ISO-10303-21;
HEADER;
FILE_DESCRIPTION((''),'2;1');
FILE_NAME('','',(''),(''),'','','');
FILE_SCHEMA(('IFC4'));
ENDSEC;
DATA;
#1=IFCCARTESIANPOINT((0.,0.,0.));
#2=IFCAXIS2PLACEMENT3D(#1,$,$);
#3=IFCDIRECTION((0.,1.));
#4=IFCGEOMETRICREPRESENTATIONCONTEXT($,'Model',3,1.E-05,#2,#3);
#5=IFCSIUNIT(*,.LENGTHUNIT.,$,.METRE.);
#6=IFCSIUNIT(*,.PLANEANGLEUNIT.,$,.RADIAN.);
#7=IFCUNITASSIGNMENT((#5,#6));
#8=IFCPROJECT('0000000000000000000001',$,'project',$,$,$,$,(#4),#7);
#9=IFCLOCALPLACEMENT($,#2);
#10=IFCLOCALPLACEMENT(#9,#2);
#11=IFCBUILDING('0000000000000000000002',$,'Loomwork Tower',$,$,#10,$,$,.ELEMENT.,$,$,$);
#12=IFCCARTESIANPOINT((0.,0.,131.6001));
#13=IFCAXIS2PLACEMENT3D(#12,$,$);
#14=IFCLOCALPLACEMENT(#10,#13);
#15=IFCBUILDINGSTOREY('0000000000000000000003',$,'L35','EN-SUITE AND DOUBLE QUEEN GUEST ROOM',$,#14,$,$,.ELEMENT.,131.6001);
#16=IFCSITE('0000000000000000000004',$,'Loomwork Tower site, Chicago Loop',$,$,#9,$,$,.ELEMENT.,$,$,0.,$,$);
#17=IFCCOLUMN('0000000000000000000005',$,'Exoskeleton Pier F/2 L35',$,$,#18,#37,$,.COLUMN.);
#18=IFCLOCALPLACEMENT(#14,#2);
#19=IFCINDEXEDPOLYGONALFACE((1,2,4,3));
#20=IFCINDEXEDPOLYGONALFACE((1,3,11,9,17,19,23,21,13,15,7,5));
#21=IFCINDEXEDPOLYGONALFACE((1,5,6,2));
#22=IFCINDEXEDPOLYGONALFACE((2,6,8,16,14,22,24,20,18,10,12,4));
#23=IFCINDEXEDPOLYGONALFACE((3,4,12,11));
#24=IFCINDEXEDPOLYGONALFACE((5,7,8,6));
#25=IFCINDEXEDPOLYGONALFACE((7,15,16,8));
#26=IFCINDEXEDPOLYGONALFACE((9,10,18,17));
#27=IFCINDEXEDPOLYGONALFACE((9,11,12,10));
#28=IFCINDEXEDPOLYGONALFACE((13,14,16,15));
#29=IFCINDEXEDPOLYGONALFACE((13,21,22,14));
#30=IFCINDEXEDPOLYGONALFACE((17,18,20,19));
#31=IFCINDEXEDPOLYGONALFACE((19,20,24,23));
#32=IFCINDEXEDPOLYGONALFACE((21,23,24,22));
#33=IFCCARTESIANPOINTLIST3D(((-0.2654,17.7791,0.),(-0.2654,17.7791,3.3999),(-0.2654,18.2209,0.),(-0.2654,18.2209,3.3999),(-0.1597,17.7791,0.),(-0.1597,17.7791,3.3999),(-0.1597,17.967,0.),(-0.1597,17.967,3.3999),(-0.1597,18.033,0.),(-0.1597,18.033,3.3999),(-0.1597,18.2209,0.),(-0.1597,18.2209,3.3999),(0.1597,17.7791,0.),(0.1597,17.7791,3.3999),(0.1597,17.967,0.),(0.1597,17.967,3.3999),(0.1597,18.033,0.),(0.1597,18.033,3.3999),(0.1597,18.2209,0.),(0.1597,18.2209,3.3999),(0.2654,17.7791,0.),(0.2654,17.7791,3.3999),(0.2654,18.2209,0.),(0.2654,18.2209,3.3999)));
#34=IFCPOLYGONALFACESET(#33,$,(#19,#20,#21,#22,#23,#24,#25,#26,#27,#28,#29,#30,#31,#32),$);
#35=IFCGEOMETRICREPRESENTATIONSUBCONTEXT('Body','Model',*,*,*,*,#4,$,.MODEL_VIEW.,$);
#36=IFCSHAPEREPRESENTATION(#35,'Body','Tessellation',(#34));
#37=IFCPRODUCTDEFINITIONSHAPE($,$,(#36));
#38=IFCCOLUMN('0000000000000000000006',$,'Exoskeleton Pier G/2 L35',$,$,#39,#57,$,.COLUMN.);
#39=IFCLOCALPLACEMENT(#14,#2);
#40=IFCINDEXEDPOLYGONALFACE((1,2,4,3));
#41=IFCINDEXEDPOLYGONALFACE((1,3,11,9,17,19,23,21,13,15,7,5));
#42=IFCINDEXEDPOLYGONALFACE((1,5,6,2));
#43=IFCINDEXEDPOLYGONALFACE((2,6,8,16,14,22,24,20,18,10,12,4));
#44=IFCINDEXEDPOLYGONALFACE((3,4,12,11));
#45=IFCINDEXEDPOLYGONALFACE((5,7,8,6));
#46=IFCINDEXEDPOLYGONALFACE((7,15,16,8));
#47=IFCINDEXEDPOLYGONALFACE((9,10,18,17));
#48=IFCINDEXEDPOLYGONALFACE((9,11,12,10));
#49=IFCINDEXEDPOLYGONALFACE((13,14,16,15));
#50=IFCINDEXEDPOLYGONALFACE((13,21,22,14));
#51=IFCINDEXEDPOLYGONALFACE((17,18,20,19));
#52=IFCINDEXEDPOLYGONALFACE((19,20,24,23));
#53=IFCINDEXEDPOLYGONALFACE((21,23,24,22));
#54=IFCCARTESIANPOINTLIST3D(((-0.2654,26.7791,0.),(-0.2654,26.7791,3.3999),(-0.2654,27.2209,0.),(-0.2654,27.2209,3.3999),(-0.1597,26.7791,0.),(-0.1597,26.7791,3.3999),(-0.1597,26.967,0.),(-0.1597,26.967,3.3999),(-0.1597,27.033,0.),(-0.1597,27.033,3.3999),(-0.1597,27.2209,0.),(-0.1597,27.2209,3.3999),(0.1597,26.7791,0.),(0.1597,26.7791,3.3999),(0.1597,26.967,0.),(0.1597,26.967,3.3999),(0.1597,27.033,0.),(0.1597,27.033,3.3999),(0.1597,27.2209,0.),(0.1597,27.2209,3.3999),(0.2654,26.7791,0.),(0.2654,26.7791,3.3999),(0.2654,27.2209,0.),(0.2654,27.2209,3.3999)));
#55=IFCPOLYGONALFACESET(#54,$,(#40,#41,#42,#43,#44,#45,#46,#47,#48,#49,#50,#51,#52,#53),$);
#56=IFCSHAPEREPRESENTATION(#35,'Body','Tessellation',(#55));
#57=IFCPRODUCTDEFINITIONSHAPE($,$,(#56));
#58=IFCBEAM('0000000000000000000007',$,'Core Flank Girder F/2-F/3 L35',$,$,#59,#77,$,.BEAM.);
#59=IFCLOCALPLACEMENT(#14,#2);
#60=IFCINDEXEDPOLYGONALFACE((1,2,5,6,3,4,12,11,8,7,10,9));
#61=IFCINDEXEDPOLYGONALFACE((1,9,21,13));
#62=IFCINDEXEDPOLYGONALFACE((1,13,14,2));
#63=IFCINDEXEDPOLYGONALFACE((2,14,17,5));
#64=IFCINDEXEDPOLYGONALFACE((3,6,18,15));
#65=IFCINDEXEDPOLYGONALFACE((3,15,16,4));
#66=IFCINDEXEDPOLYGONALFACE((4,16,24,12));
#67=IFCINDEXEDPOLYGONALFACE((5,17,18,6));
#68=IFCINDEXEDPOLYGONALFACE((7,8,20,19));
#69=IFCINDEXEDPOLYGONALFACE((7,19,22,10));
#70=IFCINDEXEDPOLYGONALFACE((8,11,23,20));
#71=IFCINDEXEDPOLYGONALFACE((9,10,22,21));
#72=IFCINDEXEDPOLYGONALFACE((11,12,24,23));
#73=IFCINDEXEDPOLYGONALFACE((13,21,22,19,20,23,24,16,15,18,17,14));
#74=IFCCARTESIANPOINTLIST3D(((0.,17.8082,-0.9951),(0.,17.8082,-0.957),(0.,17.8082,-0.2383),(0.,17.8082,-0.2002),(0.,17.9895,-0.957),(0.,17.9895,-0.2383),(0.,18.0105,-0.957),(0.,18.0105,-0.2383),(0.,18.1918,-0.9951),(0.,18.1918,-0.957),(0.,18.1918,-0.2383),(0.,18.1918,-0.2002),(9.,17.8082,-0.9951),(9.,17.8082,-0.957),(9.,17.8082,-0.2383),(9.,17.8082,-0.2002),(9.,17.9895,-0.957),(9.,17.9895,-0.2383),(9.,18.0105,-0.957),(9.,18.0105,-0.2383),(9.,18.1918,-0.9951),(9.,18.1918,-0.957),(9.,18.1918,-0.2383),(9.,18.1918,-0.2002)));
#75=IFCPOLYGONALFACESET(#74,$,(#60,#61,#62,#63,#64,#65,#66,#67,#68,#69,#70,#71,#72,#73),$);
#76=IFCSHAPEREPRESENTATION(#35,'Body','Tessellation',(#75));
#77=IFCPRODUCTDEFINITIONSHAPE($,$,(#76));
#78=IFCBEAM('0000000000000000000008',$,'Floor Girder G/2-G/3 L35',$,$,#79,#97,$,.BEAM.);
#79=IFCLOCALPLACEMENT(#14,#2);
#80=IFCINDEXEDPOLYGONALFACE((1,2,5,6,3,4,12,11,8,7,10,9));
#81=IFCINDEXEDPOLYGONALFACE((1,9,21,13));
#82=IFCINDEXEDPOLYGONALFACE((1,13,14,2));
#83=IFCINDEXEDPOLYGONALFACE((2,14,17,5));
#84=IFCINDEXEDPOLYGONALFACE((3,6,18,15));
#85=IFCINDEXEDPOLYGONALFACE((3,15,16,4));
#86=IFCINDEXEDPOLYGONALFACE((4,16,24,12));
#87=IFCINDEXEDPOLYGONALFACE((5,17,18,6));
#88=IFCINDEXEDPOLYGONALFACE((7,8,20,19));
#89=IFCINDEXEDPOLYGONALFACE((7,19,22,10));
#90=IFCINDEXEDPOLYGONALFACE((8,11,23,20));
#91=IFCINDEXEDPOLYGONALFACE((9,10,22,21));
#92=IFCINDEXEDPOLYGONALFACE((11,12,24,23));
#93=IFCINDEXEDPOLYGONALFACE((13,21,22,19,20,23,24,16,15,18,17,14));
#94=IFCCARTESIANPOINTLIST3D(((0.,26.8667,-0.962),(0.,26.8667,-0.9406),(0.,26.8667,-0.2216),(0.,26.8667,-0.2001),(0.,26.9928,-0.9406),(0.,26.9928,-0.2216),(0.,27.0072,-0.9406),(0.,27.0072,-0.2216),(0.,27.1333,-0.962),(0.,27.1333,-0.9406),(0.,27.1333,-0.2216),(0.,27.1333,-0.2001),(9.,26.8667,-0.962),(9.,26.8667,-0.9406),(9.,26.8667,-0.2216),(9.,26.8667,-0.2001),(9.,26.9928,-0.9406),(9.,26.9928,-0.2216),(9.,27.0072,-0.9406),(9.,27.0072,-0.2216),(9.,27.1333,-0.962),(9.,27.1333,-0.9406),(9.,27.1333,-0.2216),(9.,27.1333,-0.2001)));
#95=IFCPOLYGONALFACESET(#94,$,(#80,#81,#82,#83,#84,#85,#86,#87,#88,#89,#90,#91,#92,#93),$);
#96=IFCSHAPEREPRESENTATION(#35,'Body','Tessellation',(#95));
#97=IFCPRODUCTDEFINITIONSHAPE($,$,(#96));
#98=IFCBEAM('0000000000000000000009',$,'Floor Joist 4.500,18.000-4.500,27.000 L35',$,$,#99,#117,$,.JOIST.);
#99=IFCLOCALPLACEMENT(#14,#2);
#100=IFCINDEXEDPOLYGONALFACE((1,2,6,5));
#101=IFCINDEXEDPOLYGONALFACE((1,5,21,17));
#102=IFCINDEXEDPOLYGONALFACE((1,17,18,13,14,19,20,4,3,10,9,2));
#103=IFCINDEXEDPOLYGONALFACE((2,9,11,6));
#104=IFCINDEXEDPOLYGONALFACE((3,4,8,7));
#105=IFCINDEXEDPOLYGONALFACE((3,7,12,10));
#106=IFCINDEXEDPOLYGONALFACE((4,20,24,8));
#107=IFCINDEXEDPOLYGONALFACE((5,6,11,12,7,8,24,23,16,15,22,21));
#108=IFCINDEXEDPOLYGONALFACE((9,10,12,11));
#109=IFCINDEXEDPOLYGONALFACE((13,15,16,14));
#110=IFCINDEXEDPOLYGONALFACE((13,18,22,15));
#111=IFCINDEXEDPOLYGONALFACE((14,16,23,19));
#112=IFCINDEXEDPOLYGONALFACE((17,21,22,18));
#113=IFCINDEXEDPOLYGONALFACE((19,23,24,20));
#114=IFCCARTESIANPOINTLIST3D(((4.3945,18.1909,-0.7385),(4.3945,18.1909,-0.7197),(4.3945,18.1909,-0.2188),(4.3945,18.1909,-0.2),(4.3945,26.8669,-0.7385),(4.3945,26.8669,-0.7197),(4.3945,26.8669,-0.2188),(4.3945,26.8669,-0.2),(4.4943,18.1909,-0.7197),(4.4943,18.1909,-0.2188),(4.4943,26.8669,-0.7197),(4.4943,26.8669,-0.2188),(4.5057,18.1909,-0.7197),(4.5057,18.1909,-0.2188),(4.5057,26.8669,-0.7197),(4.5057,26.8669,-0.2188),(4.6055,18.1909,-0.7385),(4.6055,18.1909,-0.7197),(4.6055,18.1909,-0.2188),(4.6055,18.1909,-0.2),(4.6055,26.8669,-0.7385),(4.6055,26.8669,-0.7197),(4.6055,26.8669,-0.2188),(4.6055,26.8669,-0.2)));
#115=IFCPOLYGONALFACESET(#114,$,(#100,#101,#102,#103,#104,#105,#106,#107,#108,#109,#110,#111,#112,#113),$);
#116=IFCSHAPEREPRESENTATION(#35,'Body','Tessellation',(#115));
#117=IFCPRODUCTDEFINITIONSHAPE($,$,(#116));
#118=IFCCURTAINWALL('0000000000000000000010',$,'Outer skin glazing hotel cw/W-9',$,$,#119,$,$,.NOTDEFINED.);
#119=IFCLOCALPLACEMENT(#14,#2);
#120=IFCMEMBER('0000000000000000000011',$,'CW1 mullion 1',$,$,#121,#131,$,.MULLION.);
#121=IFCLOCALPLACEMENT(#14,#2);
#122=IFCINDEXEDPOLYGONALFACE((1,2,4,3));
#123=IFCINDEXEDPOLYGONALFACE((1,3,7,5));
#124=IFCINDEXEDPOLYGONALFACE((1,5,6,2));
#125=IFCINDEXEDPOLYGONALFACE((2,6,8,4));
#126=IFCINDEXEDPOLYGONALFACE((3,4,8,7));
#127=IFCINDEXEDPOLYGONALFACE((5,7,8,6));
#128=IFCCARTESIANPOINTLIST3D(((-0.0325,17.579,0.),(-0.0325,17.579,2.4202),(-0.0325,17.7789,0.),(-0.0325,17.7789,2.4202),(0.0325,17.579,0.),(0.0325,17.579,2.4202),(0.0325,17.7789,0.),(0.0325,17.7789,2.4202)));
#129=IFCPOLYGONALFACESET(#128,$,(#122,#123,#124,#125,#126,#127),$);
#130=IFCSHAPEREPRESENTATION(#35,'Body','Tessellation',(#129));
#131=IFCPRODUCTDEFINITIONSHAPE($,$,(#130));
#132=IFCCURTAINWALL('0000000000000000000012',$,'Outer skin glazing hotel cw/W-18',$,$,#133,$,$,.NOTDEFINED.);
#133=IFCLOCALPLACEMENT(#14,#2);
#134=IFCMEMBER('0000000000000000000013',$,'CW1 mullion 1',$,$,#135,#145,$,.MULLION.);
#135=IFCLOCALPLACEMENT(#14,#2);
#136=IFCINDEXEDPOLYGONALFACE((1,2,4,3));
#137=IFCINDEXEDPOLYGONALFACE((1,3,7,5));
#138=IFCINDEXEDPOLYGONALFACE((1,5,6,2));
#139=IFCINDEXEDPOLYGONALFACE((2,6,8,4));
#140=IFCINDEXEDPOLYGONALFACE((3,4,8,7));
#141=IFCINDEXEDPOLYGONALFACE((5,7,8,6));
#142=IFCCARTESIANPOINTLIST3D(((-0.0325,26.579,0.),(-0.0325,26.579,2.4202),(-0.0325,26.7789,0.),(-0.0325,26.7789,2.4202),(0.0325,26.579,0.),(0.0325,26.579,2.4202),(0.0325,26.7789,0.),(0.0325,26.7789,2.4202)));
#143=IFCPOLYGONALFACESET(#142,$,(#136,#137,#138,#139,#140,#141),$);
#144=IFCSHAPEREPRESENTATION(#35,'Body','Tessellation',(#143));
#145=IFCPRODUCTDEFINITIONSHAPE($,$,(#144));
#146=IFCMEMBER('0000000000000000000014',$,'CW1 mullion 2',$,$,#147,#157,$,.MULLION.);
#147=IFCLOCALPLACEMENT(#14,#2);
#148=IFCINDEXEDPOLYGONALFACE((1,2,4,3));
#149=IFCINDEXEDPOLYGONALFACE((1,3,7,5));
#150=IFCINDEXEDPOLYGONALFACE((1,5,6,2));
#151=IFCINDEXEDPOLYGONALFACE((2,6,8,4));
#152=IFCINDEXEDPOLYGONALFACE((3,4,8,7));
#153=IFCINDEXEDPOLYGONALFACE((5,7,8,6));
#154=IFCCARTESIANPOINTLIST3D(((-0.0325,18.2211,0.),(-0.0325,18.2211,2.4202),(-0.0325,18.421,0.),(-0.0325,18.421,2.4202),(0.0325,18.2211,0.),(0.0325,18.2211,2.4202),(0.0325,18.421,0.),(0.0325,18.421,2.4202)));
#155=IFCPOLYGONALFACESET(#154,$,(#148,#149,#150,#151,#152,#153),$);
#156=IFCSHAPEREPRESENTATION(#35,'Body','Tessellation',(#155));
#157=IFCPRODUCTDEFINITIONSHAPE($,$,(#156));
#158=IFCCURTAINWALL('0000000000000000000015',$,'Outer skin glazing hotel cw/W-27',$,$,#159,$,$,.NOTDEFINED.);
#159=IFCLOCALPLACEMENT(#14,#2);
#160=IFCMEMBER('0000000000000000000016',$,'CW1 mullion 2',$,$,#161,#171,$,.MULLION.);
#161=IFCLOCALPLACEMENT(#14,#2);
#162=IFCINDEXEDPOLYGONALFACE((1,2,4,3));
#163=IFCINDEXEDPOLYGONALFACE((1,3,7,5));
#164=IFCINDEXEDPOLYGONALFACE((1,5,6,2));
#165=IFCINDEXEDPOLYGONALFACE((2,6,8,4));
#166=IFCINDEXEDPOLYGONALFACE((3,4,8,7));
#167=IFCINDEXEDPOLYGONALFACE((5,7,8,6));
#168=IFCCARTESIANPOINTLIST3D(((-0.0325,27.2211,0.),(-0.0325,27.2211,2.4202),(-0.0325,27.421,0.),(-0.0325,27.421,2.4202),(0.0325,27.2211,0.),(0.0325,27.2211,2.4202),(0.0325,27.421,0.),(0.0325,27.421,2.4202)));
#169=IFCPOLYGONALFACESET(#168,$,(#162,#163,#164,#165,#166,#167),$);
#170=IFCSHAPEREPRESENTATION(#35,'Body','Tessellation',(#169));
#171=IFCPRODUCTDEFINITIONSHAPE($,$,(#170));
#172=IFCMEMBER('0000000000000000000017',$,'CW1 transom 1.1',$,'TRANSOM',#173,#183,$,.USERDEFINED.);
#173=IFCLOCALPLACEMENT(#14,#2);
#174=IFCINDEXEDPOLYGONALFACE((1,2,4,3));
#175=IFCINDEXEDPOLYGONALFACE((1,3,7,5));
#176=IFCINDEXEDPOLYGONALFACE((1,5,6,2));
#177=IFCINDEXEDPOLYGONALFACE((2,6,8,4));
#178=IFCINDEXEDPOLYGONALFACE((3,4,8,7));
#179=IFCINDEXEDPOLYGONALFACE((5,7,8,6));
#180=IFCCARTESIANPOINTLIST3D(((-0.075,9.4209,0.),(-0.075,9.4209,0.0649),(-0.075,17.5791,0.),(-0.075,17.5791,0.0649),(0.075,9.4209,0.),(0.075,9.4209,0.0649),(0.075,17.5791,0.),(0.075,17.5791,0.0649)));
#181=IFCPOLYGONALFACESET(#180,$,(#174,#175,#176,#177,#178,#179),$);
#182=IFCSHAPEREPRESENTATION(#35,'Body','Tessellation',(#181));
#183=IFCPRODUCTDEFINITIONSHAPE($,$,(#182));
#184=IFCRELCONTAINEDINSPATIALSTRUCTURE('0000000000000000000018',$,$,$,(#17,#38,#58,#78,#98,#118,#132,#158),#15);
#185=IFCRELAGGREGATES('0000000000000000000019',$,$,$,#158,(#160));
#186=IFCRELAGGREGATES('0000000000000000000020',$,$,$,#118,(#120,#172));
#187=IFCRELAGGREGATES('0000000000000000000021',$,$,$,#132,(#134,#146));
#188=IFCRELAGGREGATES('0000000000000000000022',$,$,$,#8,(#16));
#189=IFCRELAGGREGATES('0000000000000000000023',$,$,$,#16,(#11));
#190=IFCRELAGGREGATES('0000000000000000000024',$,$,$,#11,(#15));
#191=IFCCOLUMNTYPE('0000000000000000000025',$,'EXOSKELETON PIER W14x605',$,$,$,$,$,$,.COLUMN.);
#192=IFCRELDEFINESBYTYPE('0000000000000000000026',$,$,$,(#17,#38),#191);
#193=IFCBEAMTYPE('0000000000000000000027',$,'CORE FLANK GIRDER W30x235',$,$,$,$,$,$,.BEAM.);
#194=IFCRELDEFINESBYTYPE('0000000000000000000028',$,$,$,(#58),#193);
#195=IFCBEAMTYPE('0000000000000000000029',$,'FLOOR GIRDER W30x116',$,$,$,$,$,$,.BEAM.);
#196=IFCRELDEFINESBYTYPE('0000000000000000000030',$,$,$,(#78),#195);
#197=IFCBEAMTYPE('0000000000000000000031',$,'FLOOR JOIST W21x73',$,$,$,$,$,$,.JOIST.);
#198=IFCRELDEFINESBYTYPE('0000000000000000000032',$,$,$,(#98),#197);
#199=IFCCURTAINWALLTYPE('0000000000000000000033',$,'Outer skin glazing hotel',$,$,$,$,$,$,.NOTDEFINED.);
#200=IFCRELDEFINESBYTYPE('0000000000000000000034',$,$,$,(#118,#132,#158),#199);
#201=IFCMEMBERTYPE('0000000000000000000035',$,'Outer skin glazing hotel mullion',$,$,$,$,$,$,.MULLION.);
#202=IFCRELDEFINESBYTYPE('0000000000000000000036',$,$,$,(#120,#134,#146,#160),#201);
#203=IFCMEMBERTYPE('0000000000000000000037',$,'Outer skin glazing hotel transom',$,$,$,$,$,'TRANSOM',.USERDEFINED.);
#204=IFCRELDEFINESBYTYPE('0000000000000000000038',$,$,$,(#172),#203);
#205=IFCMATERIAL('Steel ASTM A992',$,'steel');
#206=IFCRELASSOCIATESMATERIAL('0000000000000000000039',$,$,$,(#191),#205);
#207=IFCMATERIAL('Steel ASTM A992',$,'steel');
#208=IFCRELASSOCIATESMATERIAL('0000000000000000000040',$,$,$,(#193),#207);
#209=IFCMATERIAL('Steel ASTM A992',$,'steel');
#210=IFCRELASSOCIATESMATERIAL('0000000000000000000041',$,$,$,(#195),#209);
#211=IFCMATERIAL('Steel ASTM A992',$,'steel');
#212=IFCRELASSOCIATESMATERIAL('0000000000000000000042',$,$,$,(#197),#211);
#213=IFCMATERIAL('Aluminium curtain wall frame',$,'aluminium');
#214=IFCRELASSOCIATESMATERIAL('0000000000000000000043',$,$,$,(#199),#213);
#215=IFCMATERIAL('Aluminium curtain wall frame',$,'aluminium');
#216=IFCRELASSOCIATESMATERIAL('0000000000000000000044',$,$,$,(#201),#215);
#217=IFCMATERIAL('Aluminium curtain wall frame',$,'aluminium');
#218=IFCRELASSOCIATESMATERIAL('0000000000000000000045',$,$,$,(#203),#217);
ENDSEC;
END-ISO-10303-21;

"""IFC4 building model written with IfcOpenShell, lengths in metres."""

from ifc_helpers import new_model, si_unit, direction, frame, origin, origin_2d, place, context, subcontext, project, spatial, rectangle, i_section, extrude, material, material_profile, profile_set, type_object, element, aggregate, save


model = new_model("IFC4")

# Units and contexts
model_context = context("Model", 3, precision=1e-05, world=origin(), true_north=direction((0.0, 1.0)))
body_context = subcontext(model_context, "Body", "Model", "MODEL_VIEW")
ifc_project = project(units=[si_unit("LENGTHUNIT", "METRE"), si_unit("PLANEANGLEUNIT", "RADIAN")], contexts=[model_context])

# Site, building, storey
site_placement = place(None, origin())
site = spatial("IfcSite", under=ifc_project, at=site_placement, Name="Loomwork Tower site, Chicago Loop", CompositionType="ELEMENT", RefElevation=0.0)
building_placement = place(site_placement, origin())
building = spatial("IfcBuilding", under=site, at=building_placement, Name="Loomwork Tower", CompositionType="ELEMENT")
storey_placement = place(building_placement, frame((0.0, 0.0, 131.6001)))
storey = spatial("IfcBuildingStorey", under=building, at=storey_placement, Name="L35", Description="EN-SUITE AND DOUBLE QUEEN GUEST ROOM", CompositionType="ELEMENT", Elevation=131.6001)

# Columns
ifc_material_1 = material(Name="Steel ASTM A992", Category="steel")
ifc_material_profile_1 = material_profile(ifc_material_1, i_section(OverallWidth=0.4419, OverallDepth=0.5308, WebThickness=0.0659, FlangeThickness=0.1057, at=origin_2d()), Name="W14x605")
ifc_profile_set_1 = profile_set([ifc_material_profile_1], Name="Steel ASTM A992")
column_type = type_object("IfcColumnType", Name="EXOSKELETON PIER W14x605", PredefinedType="COLUMN", material=ifc_profile_set_1)
for number, where, z_axis, x_axis, name in (
    (1, (0.0, 18.0, 0.0), (0.0, 0.0, 1.0), (0.0, 1.0, 0.0), "Exoskeleton Pier F/2 L35"),
    (2, (0.0, 27.0, 0.0), (0.0, 0.0, 1.0), (0.0, 1.0, 0.0), "Exoskeleton Pier G/2 L35"),
):
    element("IfcColumn", number, at=place(storey_placement, frame(where, z_axis=z_axis, x_axis=x_axis)), inside=storey, type_object=column_type, Name=name, PredefinedType="COLUMN", context=body_context, shape_type="SweptSolid", body=[
        extrude(i_section(OverallWidth=0.4419, OverallDepth=0.5308, WebThickness=0.0659, FlangeThickness=0.1057, at=origin_2d()), origin(), (0.0, 0.0, 1.0), 3.3999),
    ])

# Beams
ifc_material_2 = material(Name="Steel ASTM A992", Category="steel")
ifc_material_profile_2 = material_profile(ifc_material_2, i_section(OverallWidth=0.3835, OverallDepth=0.7949, WebThickness=0.021, FlangeThickness=0.0381, at=origin_2d()), Name="W30x235")
ifc_profile_set_2 = profile_set([ifc_material_profile_2], Name="Steel ASTM A992")
beam_type_1 = type_object("IfcBeamType", Name="CORE FLANK GIRDER W30x235", PredefinedType="BEAM", material=ifc_profile_set_2)
beam_1_placement = place(storey_placement, frame((0.0, 18.0, -0.5977), z_axis=(1.0, 0.0, 0.0), x_axis=(0.0, 1.0, 0.0)))
element("IfcBeam", 3, at=beam_1_placement, inside=storey, type_object=beam_type_1, Name="Core Flank Girder F/2-F/3 L35", PredefinedType="BEAM", context=body_context, shape_type="SweptSolid", body=[
    extrude(i_section(OverallWidth=0.3835, OverallDepth=0.7949, WebThickness=0.021, FlangeThickness=0.0381, at=origin_2d()), origin(), (0.0, 0.0, 1.0), 9.0),
])
ifc_material_3 = material(Name="Steel ASTM A992", Category="steel")
ifc_material_profile_3 = material_profile(ifc_material_3, i_section(OverallWidth=0.2666, OverallDepth=0.762, WebThickness=0.0144, FlangeThickness=0.0215, at=origin_2d()), Name="W30x116")
ifc_profile_set_3 = profile_set([ifc_material_profile_3], Name="Steel ASTM A992")
beam_type_2 = type_object("IfcBeamType", Name="FLOOR GIRDER W30x116", PredefinedType="BEAM", material=ifc_profile_set_3)
beam_2_placement = place(storey_placement, frame((0.0, 27.0, -0.5811), z_axis=(1.0, 0.0, 0.0), x_axis=(0.0, 1.0, 0.0)))
element("IfcBeam", 4, at=beam_2_placement, inside=storey, type_object=beam_type_2, Name="Floor Girder G/2-G/3 L35", PredefinedType="BEAM", context=body_context, shape_type="SweptSolid", body=[
    extrude(i_section(OverallWidth=0.2666, OverallDepth=0.762, WebThickness=0.0144, FlangeThickness=0.0215, at=origin_2d()), origin(), (0.0, 0.0, 1.0), 9.0),
])
ifc_material_4 = material(Name="Steel ASTM A992", Category="steel")
ifc_material_profile_4 = material_profile(ifc_material_4, i_section(OverallWidth=0.2109, OverallDepth=0.5386, WebThickness=0.0115, FlangeThickness=0.0188, at=origin_2d()), Name="W21x73")
ifc_profile_set_4 = profile_set([ifc_material_profile_4], Name="Steel ASTM A992")
beam_type_3 = type_object("IfcBeamType", Name="FLOOR JOIST W21x73", PredefinedType="JOIST", material=ifc_profile_set_4)
beam_3_placement = place(storey_placement, frame((4.5, 18.1909, -0.4692), z_axis=(0.0, 1.0, 0.0), x_axis=(-1.0, 0.0, 0.0)))
element("IfcBeam", 5, at=beam_3_placement, inside=storey, type_object=beam_type_3, Name="Floor Joist 4.500,18.000-4.500,27.000 L35", PredefinedType="JOIST", context=body_context, shape_type="SweptSolid", body=[
    extrude(i_section(OverallWidth=0.2109, OverallDepth=0.5386, WebThickness=0.0115, FlangeThickness=0.0188, at=origin_2d()), origin(), (0.0, 0.0, 1.0), 8.676),
])

# Curtain wall, member
ifc_material_5 = material(Name="Aluminium curtain wall frame", Category="aluminium")
curtain_wall_type = type_object("IfcCurtainWallType", Name="Outer skin glazing hotel", PredefinedType="NOTDEFINED", material=ifc_material_5)
curtain_wall_1_placement = place(storey_placement, origin())
curtain_wall_1 = element("IfcCurtainWall", 6, at=curtain_wall_1_placement, inside=storey, type_object=curtain_wall_type, Name="Outer skin glazing hotel cw/W-9", PredefinedType="NOTDEFINED")
ifc_material_6 = material(Name="Aluminium curtain wall frame", Category="aluminium")
ifc_material_profile_5 = material_profile(ifc_material_6, rectangle(XDim=0.0649, YDim=0.2, at=origin_2d()), Name="AL 65x200")
ifc_profile_set_5 = profile_set([ifc_material_profile_5], Name="Aluminium curtain wall frame")
member_type_1 = type_object("IfcMemberType", Name="Outer skin glazing hotel mullion", PredefinedType="MULLION", material=ifc_profile_set_5)
member_1_placement = place(storey_placement, frame((0.0, 17.679, 0.0), z_axis=(0.0, 0.0, 1.0), x_axis=(1.0, 0.0, 0.0)))
member_1 = element("IfcMember", 7, at=member_1_placement, type_object=member_type_1, Name="CW1 mullion 1", PredefinedType="MULLION", context=body_context, shape_type="SweptSolid", body=[
    extrude(rectangle(XDim=0.0649, YDim=0.2, at=origin_2d()), origin(), (0.0, 0.0, 1.0), 2.4202),
])

# Curtain wall, members
curtain_wall_2_placement = place(storey_placement, origin())
curtain_wall_2 = element("IfcCurtainWall", 8, at=curtain_wall_2_placement, inside=storey, type_object=curtain_wall_type, Name="Outer skin glazing hotel cw/W-18", PredefinedType="NOTDEFINED")
member_2_placement = place(storey_placement, frame((0.0, 26.679, 0.0), z_axis=(0.0, 0.0, 1.0), x_axis=(1.0, 0.0, 0.0)))
member_2 = element("IfcMember", 9, at=member_2_placement, type_object=member_type_1, Name="CW1 mullion 1", PredefinedType="MULLION", context=body_context, shape_type="SweptSolid", body=[
    extrude(rectangle(XDim=0.0649, YDim=0.2, at=origin_2d()), origin(), (0.0, 0.0, 1.0), 2.4202),
])
member_3_placement = place(storey_placement, frame((0.0, 18.321, 0.0), z_axis=(0.0, 0.0, 1.0), x_axis=(1.0, 0.0, 0.0)))
member_3 = element("IfcMember", 10, at=member_3_placement, type_object=member_type_1, Name="CW1 mullion 2", PredefinedType="MULLION", context=body_context, shape_type="SweptSolid", body=[
    extrude(rectangle(XDim=0.0649, YDim=0.2, at=origin_2d()), origin(), (0.0, 0.0, 1.0), 2.4202),
])

# Curtain wall, member
curtain_wall_3_placement = place(storey_placement, origin())
curtain_wall_3 = element("IfcCurtainWall", 11, at=curtain_wall_3_placement, inside=storey, type_object=curtain_wall_type, Name="Outer skin glazing hotel cw/W-27", PredefinedType="NOTDEFINED")
member_4_placement = place(storey_placement, frame((0.0, 27.321, 0.0), z_axis=(0.0, 0.0, 1.0), x_axis=(1.0, 0.0, 0.0)))
member_4 = element("IfcMember", 12, at=member_4_placement, type_object=member_type_1, Name="CW1 mullion 2", PredefinedType="MULLION", context=body_context, shape_type="SweptSolid", body=[
    extrude(rectangle(XDim=0.0649, YDim=0.2, at=origin_2d()), origin(), (0.0, 0.0, 1.0), 2.4202),
])
aggregate(curtain_wall_3, [member_4])

# Member
ifc_material_7 = material(Name="Aluminium curtain wall frame", Category="aluminium")
ifc_material_profile_6 = material_profile(ifc_material_7, rectangle(XDim=0.1499, YDim=0.0649, at=origin_2d()), Name="AL 65x150")
ifc_profile_set_6 = profile_set([ifc_material_profile_6], Name="Aluminium curtain wall frame")
member_type_2 = type_object("IfcMemberType", Name="Outer skin glazing hotel transom", ElementType="TRANSOM", PredefinedType="USERDEFINED", material=ifc_profile_set_6)
member_5_placement = place(storey_placement, frame((0.0, 17.5791, 0.0325), z_axis=(0.0, -1.0, 0.0), x_axis=(1.0, 0.0, 0.0)))
member_5 = element("IfcMember", 13, at=member_5_placement, type_object=member_type_2, Name="CW1 transom 1.1", ObjectType="TRANSOM", PredefinedType="USERDEFINED", context=body_context, shape_type="SweptSolid", body=[
    extrude(rectangle(XDim=0.1499, YDim=0.0649, at=origin_2d()), origin(), (0.0, 0.0, 1.0), 8.1582),
])
aggregate(curtain_wall_1, [member_1, member_5])

aggregate(curtain_wall_2, [member_2, member_3])

save(model, "model.ifc")
